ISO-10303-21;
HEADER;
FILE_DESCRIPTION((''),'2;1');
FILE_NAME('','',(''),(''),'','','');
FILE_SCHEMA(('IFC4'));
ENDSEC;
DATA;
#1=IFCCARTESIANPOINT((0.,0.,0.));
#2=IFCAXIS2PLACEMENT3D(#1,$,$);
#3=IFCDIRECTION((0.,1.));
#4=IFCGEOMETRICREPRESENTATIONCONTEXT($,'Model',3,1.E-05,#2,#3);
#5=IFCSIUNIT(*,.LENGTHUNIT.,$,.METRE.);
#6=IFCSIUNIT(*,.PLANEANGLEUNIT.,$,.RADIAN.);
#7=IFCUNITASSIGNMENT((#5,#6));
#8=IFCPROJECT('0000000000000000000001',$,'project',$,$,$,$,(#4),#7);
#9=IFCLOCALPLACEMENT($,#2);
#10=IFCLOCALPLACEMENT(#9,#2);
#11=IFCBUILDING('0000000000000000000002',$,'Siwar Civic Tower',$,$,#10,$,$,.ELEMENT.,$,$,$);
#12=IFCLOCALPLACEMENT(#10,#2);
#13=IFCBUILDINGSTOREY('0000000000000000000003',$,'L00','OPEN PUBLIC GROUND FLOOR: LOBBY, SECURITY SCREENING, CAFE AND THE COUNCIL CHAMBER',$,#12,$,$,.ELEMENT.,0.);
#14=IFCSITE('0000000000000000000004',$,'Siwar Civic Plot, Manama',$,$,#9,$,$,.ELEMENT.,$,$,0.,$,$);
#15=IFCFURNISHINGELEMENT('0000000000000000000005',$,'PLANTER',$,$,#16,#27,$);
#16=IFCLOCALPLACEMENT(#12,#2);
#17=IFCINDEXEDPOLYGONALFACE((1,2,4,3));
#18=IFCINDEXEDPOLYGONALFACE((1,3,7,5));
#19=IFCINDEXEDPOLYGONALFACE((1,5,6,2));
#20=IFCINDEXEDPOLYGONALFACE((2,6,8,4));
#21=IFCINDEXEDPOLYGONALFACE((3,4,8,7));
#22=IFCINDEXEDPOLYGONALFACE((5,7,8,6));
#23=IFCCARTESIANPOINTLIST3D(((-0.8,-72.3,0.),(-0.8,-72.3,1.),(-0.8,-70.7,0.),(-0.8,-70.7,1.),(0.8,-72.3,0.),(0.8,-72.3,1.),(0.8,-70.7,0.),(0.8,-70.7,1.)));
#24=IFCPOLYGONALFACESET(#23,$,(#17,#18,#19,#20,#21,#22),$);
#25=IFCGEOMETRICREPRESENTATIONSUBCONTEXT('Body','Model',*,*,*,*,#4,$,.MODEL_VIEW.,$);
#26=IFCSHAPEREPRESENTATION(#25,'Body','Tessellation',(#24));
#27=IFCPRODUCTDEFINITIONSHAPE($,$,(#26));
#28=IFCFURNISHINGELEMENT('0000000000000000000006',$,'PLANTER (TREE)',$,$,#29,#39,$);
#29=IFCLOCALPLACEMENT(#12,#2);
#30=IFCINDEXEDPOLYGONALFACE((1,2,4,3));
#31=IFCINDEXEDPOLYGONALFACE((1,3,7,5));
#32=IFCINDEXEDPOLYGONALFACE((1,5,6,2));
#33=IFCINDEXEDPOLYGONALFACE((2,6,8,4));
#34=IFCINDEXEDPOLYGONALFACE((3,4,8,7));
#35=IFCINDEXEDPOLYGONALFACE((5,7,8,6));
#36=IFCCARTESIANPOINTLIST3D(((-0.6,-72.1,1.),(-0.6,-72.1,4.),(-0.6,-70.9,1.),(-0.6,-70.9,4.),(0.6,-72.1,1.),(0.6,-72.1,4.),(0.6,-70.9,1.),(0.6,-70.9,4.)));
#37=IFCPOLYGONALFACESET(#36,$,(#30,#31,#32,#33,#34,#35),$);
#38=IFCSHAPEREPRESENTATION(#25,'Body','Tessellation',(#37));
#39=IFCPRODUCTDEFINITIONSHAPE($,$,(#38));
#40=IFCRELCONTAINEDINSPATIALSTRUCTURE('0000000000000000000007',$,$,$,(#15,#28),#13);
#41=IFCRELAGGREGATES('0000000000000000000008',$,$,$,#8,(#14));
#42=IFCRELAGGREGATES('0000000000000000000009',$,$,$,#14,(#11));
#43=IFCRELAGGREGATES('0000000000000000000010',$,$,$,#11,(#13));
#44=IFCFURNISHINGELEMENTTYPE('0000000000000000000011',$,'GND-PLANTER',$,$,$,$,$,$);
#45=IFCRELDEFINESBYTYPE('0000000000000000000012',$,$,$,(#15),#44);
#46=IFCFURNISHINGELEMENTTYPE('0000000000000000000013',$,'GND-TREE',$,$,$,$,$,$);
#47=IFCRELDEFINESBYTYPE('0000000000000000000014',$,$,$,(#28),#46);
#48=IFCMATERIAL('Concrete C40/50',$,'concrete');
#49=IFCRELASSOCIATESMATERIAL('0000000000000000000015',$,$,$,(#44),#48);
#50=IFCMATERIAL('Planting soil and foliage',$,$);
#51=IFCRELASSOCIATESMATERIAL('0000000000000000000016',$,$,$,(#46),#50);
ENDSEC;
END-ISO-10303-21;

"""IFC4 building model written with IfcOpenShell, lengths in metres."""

from ifc_helpers import new_model, si_unit, direction, frame, origin, origin_2d, place, context, subcontext, project, spatial, rectangle, extrude, material, type_object, element, save


model = new_model("IFC4")

# Units and contexts
model_context = context("Model", 3, precision=1e-05, world=origin(), true_north=direction((0.0, 1.0)))
body_context = subcontext(model_context, "Body", "Model", "MODEL_VIEW")
ifc_project = project(units=[si_unit("LENGTHUNIT", "METRE"), si_unit("PLANEANGLEUNIT", "RADIAN")], contexts=[model_context])

# Site, building, storey
site_placement = place(None, origin())
site = spatial("IfcSite", under=ifc_project, at=site_placement, Name="Siwar Civic Plot, Manama", CompositionType="ELEMENT", RefElevation=0.0)
building_placement = place(site_placement, origin())
building = spatial("IfcBuilding", under=site, at=building_placement, Name="Siwar Civic Tower", CompositionType="ELEMENT")
storey_placement = place(building_placement, origin())
storey = spatial("IfcBuildingStorey", under=building, at=storey_placement, Name="L00", Description="OPEN PUBLIC GROUND FLOOR: LOBBY, SECURITY SCREENING, CAFE AND THE COUNCIL CHAMBER", CompositionType="ELEMENT", Elevation=0.0)

# Furnishing elements
ifc_material_1 = material(Name="Concrete C40/50", Category="concrete")
furnishing_element_type_1 = type_object("IfcFurnishingElementType", Name="GND-PLANTER", material=ifc_material_1)
furnishing_1_placement = place(storey_placement, frame((0.0, -71.5, 0.0), z_axis=(0.0, 0.0, 1.0), x_axis=(1.0, 0.0, 0.0)))
element("IfcFurnishingElement", 1, at=furnishing_1_placement, inside=storey, type_object=furnishing_element_type_1, Name="PLANTER", context=body_context, shape_type="SweptSolid", body=[
    extrude(rectangle(XDim=1.6001, YDim=1.6001, at=origin_2d()), origin(), (0.0, 0.0, 1.0), 1.0),
])
ifc_material_2 = material(Name="Planting soil and foliage")
furnishing_element_type_2 = type_object("IfcFurnishingElementType", Name="GND-TREE", material=ifc_material_2)
furnishing_2_placement = place(storey_placement, frame((0.0, -71.5, 1.0), z_axis=(0.0, 0.0, 1.0), x_axis=(1.0, 0.0, 0.0)))
element("IfcFurnishingElement", 2, at=furnishing_2_placement, inside=storey, type_object=furnishing_element_type_2, Name="PLANTER (TREE)", context=body_context, shape_type="SweptSolid", body=[
    extrude(rectangle(XDim=1.2, YDim=1.2, at=origin_2d()), origin(), (0.0, 0.0, 1.0), 3.0),
])

save(model, "model.ifc")
